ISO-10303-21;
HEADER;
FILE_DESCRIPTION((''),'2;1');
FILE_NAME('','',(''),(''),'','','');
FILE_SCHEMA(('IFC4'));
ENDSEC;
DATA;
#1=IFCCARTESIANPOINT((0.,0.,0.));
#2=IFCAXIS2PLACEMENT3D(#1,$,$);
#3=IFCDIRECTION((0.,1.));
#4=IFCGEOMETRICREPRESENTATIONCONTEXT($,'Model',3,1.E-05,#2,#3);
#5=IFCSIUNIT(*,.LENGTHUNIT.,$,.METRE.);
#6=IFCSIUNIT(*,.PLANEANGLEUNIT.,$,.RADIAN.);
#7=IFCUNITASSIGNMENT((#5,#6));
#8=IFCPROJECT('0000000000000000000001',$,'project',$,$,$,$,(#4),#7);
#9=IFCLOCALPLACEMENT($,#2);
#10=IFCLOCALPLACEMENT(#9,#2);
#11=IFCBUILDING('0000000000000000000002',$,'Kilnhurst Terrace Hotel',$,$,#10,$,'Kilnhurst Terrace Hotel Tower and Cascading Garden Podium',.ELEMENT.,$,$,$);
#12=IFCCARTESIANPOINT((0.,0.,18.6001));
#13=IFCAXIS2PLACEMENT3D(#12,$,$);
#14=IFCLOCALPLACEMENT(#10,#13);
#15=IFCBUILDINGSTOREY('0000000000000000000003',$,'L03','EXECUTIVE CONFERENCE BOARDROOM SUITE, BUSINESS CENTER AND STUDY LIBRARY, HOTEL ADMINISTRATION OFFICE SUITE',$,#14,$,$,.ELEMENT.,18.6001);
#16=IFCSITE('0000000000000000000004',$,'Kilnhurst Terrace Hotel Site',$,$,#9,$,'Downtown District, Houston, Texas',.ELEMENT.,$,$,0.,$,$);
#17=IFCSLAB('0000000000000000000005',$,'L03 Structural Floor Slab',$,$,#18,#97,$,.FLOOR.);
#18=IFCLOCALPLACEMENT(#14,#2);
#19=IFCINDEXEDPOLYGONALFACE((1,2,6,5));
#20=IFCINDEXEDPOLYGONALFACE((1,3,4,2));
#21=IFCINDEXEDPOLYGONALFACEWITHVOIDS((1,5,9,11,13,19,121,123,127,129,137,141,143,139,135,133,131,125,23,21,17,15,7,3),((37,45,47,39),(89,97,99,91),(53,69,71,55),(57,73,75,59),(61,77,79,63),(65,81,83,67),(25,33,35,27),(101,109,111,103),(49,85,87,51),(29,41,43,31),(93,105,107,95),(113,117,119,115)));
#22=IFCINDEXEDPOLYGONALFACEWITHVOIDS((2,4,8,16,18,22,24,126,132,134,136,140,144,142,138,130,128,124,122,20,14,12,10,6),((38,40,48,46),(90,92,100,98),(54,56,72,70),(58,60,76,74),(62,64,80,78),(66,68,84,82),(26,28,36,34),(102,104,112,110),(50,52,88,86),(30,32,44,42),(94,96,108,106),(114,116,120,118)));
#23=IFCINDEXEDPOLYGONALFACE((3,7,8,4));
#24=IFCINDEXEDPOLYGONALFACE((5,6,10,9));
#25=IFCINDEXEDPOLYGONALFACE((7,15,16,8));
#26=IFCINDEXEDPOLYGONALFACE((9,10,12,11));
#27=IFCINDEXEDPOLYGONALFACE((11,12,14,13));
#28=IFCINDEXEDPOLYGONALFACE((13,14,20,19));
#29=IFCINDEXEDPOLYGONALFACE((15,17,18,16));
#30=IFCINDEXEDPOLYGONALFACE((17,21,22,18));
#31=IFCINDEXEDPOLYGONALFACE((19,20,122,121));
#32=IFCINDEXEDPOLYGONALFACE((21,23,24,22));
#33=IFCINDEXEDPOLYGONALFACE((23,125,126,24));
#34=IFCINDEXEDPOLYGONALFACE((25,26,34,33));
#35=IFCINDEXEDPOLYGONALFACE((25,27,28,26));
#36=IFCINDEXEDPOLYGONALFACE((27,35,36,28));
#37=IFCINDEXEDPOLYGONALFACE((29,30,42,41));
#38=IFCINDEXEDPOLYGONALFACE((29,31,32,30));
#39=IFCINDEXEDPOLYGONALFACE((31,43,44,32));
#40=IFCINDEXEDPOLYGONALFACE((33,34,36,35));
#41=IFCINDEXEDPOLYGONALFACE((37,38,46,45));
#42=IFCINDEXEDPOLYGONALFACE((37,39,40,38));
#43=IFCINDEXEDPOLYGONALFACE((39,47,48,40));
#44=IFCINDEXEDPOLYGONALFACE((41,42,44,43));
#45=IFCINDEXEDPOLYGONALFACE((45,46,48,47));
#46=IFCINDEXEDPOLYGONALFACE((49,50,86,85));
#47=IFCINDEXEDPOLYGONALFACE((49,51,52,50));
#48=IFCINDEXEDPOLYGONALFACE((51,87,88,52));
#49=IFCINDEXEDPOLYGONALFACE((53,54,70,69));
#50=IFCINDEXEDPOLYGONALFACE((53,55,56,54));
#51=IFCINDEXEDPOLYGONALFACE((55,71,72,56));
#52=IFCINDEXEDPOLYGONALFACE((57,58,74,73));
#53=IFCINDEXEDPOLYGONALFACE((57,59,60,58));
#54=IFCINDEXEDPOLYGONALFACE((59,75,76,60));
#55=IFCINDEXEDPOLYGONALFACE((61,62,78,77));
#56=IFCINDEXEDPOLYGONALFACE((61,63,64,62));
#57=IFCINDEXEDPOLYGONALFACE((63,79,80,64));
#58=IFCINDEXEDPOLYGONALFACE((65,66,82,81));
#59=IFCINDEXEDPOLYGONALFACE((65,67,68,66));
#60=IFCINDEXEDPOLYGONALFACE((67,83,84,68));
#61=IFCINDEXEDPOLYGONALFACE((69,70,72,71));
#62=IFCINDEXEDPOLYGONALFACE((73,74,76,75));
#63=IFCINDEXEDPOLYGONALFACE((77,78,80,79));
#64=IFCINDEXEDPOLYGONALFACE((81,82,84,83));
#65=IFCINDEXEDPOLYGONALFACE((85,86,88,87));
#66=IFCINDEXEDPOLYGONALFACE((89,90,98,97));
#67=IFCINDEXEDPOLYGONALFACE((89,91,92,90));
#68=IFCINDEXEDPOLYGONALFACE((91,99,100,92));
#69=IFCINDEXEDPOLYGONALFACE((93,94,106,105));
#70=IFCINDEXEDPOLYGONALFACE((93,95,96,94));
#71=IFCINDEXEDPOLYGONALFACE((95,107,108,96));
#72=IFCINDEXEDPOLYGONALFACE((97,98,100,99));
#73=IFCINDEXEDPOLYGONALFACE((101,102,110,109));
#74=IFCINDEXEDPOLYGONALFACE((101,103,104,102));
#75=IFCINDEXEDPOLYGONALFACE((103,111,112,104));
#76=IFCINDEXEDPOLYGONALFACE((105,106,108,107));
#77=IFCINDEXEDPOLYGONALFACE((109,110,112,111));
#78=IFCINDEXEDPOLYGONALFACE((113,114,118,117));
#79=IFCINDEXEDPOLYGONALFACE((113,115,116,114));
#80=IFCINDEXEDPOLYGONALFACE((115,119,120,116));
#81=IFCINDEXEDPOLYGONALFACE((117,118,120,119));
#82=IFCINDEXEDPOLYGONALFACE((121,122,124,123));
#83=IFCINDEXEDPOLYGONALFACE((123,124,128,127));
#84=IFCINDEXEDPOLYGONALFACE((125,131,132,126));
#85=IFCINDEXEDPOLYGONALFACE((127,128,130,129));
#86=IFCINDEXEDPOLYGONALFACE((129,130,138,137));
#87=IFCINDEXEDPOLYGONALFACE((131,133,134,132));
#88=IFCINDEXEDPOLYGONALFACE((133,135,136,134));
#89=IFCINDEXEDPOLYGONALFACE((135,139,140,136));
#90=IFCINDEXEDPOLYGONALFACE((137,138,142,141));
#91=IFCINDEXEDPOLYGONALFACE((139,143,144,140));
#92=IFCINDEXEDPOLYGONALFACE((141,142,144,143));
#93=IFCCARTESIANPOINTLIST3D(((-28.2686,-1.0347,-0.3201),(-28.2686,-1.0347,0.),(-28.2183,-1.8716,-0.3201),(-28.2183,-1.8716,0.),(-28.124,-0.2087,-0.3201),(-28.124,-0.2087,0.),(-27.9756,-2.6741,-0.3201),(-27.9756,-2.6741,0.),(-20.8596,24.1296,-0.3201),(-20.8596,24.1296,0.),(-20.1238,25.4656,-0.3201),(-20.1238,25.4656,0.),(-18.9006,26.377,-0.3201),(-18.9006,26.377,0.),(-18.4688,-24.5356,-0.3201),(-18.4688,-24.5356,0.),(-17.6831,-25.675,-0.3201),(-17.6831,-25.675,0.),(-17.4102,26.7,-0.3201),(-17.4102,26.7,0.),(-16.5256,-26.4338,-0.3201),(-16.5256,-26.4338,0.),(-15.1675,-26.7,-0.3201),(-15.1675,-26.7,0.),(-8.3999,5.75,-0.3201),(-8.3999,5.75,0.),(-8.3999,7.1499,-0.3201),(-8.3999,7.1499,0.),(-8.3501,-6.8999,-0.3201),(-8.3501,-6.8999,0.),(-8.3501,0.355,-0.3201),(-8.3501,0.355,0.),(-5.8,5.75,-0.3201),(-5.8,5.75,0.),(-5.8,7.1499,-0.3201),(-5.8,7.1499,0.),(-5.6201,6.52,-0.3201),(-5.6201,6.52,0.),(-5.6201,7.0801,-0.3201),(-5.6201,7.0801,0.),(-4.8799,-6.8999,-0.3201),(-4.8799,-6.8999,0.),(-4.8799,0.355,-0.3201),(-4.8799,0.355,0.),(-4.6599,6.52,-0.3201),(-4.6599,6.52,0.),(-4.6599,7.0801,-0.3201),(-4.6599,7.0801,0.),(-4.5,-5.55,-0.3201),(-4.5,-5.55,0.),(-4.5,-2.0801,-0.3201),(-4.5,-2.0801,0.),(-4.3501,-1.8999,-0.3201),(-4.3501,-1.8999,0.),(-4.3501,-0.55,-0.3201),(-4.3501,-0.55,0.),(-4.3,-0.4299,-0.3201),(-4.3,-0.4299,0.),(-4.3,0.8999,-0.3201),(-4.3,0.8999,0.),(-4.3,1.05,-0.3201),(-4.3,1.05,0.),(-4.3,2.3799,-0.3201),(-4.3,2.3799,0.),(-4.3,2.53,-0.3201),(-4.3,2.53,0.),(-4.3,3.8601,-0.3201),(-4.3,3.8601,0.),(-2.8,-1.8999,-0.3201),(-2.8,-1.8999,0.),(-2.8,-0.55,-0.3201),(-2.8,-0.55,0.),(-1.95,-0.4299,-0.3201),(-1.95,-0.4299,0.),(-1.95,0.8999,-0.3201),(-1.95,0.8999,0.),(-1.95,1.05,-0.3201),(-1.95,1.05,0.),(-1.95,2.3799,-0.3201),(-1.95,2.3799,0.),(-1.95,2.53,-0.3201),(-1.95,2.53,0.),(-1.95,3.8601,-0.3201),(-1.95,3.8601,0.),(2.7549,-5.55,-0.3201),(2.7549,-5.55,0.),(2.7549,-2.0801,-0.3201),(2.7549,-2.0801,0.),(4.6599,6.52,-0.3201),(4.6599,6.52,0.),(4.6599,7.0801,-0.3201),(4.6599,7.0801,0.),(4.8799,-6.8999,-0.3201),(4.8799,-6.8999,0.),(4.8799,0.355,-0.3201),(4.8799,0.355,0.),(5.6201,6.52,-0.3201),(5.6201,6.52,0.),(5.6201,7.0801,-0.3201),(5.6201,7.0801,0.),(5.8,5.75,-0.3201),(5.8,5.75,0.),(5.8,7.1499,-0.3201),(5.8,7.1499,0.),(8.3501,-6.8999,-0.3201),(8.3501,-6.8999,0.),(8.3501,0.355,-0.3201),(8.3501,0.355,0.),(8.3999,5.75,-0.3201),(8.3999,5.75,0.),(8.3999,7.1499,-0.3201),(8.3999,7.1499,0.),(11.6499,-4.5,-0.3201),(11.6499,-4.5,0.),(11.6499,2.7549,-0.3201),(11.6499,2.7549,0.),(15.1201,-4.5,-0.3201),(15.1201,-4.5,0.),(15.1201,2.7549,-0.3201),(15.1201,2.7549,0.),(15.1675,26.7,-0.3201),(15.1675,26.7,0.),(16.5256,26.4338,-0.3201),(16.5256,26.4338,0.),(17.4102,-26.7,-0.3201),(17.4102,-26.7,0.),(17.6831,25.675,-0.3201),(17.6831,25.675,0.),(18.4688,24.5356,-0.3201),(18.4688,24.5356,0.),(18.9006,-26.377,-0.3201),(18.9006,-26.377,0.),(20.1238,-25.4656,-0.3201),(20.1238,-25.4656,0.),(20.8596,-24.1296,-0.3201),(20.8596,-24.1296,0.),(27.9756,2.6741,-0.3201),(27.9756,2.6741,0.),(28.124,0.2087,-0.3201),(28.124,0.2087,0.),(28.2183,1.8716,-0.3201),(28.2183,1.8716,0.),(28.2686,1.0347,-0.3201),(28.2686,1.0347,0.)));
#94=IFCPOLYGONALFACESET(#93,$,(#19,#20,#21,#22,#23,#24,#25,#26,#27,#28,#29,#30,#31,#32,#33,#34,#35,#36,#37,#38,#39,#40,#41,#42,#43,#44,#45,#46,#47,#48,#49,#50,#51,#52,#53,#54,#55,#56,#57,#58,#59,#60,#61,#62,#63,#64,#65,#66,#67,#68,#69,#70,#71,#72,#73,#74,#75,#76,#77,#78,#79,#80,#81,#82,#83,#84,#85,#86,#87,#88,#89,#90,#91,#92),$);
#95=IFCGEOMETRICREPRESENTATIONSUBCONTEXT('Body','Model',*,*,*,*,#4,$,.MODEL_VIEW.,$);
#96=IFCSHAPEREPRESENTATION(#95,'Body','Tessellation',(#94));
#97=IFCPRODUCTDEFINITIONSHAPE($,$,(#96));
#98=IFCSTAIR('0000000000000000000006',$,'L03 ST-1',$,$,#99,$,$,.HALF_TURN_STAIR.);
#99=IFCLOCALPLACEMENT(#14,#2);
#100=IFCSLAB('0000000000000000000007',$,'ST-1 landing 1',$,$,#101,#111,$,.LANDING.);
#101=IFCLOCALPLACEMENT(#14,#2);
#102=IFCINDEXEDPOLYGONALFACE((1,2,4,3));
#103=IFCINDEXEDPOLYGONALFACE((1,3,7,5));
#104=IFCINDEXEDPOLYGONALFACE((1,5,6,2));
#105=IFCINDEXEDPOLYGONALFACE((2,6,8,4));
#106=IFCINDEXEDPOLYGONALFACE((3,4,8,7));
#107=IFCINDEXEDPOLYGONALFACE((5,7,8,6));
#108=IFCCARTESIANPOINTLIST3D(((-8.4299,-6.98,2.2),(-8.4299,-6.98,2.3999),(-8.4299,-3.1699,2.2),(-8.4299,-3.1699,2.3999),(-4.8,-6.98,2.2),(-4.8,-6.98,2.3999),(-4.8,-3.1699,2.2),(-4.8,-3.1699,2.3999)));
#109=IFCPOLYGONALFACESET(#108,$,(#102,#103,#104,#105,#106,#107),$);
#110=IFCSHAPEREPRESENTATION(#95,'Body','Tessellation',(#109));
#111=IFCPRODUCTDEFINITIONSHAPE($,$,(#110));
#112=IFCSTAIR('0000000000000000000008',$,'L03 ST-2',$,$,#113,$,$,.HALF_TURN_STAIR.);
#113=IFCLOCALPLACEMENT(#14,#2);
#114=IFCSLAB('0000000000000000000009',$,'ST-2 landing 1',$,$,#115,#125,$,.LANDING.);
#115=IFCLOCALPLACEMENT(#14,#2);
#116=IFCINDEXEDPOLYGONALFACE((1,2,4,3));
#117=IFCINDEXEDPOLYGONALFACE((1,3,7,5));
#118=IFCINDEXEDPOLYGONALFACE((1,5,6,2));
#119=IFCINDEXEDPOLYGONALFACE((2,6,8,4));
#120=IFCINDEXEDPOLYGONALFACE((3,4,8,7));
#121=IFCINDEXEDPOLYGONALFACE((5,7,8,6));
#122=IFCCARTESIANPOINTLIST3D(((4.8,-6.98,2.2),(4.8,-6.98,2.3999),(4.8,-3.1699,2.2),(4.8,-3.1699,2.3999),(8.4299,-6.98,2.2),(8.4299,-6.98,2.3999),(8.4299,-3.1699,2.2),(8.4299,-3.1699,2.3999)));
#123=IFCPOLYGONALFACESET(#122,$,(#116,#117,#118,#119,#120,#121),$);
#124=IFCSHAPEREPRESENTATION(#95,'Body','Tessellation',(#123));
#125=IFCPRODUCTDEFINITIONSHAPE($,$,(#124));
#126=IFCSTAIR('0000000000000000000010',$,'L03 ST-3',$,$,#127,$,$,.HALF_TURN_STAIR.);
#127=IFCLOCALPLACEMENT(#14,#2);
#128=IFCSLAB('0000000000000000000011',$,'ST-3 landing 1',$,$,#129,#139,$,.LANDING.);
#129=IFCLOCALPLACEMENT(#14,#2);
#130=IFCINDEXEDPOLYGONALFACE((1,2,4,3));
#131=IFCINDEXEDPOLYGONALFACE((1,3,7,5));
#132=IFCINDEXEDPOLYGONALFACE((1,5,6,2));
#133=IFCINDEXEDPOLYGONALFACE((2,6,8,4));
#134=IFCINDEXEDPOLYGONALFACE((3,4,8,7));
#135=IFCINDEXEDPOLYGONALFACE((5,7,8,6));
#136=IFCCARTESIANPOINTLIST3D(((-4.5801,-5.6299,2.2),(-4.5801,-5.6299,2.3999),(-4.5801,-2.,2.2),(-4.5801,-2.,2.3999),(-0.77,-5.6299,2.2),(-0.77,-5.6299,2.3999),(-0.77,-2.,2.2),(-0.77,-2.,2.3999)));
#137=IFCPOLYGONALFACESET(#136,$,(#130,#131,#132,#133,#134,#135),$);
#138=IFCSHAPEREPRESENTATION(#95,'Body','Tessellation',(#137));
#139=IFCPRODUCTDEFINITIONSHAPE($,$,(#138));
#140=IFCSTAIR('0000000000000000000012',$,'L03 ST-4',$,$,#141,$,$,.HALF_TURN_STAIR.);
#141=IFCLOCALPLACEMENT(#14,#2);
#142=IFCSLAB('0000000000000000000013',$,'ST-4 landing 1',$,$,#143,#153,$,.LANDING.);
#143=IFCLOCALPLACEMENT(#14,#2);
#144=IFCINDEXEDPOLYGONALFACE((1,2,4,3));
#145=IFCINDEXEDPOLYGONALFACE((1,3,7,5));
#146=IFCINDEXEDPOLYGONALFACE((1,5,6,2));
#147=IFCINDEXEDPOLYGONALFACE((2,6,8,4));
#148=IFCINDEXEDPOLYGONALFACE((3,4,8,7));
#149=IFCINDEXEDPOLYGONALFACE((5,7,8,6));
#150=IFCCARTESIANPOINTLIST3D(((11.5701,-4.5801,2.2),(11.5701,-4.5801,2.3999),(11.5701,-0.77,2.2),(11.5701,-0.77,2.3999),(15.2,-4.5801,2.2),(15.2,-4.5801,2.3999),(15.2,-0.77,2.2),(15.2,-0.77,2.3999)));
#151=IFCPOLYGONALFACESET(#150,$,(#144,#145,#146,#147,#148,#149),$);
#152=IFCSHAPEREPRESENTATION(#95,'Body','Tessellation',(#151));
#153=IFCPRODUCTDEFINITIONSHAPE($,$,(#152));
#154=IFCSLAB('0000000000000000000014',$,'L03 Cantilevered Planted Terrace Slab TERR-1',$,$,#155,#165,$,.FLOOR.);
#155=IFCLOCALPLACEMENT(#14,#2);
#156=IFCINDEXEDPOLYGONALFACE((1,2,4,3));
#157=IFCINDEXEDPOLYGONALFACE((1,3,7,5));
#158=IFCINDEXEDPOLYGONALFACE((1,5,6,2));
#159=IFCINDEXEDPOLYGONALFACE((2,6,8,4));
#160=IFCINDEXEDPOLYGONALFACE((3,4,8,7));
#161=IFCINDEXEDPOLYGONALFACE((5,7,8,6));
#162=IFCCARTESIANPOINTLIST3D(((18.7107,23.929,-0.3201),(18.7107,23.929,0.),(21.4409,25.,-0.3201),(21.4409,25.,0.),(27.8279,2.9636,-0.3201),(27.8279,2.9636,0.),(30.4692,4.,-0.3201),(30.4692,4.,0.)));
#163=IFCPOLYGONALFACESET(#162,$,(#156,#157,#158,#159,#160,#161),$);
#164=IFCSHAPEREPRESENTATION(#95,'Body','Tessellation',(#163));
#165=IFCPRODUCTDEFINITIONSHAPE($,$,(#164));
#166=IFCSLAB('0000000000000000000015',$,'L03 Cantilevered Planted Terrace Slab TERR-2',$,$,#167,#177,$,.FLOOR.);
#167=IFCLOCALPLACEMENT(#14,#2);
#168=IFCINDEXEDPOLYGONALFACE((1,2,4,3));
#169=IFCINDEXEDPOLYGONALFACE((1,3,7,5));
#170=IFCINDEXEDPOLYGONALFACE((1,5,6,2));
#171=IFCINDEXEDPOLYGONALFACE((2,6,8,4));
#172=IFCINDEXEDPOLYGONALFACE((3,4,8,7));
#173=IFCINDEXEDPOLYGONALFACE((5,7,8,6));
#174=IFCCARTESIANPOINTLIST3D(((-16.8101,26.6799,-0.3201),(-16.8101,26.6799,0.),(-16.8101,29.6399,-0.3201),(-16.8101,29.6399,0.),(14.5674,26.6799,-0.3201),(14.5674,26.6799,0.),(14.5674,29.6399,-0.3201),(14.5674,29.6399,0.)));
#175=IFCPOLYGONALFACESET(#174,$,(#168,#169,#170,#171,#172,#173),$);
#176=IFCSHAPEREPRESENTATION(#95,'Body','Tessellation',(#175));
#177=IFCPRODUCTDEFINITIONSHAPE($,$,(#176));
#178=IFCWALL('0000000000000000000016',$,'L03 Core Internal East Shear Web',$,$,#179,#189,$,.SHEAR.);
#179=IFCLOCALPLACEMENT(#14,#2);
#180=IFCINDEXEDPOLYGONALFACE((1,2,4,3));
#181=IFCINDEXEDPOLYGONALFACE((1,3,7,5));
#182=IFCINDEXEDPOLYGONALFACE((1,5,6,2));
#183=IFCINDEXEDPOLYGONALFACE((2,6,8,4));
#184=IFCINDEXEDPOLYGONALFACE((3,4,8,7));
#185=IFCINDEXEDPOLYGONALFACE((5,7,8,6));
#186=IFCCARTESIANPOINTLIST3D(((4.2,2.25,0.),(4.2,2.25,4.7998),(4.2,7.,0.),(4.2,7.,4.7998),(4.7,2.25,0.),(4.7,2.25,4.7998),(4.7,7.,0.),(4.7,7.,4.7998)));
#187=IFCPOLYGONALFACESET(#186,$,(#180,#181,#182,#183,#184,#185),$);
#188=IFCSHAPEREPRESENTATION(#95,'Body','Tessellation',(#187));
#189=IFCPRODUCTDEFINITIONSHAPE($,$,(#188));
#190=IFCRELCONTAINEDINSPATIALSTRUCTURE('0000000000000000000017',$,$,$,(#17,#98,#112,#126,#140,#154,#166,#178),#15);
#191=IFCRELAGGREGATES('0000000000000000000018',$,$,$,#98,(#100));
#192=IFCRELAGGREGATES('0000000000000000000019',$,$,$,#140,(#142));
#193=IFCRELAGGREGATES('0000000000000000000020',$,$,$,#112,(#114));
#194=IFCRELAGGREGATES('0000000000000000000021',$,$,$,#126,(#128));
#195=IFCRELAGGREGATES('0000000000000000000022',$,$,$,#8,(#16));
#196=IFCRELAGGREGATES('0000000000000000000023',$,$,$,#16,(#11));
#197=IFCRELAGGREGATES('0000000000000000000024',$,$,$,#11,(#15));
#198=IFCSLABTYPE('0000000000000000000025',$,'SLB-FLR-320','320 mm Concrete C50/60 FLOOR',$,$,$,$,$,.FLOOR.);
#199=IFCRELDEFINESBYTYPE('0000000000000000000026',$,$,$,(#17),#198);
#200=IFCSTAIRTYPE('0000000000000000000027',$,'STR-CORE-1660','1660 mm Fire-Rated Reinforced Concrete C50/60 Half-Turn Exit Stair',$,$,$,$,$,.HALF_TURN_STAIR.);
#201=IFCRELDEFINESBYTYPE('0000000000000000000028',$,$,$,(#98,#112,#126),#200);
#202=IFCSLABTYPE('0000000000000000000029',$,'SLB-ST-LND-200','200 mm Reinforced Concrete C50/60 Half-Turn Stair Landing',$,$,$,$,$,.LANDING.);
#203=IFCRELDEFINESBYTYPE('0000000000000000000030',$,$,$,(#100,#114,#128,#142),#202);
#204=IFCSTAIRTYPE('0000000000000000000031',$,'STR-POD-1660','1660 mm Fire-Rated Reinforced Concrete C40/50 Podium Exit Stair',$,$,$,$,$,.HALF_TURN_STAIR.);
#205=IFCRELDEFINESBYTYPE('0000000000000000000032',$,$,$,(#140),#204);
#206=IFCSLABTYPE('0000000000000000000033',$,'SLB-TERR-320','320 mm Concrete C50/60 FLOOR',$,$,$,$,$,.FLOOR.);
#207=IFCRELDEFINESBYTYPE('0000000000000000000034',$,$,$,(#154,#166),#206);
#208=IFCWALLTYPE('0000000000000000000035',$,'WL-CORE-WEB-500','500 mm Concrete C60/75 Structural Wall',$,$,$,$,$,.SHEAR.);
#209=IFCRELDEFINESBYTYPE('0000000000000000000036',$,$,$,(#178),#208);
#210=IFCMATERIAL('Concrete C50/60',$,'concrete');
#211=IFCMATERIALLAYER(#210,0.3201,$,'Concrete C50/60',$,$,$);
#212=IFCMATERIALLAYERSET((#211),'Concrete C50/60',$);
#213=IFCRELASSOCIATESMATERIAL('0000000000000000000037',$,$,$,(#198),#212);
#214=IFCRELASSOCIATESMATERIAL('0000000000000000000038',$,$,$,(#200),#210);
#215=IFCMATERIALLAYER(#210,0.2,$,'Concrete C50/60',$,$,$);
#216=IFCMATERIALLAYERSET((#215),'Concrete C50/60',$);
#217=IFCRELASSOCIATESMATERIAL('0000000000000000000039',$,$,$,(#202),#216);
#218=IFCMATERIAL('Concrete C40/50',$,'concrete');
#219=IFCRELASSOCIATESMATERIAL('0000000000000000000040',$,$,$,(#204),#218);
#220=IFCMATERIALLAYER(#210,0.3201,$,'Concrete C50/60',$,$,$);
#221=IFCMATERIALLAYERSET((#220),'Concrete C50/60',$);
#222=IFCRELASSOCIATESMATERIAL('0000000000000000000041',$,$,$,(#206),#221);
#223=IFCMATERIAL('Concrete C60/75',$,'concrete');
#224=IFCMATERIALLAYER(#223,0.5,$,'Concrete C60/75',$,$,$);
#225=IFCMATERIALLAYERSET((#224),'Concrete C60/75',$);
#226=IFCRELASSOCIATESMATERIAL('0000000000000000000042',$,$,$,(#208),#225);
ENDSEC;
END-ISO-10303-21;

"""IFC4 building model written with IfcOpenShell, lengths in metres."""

from ifc_helpers import new_model, si_unit, direction, frame, frame_2d, origin, place, context, subcontext, project, spatial, polyline, rectangle, outline, extrude, material, layer, layer_set, type_object, element, aggregate, save


model = new_model("IFC4")

# Units and contexts
model_context = context("Model", 3, precision=1e-05, world=origin(), true_north=direction((0.0, 1.0)))
body_context = subcontext(model_context, "Body", "Model", "MODEL_VIEW")
ifc_project = project(units=[si_unit("LENGTHUNIT", "METRE"), si_unit("PLANEANGLEUNIT", "RADIAN")], contexts=[model_context])

# Site, building, storey
site_placement = place(None, origin())
site = spatial("IfcSite", under=ifc_project, at=site_placement, Name="Kilnhurst Terrace Hotel Site", LongName="Downtown District, Houston, Texas", CompositionType="ELEMENT", RefElevation=0.0)
building_placement = place(site_placement, origin())
building = spatial("IfcBuilding", under=site, at=building_placement, Name="Kilnhurst Terrace Hotel", LongName="Kilnhurst Terrace Hotel Tower and Cascading Garden Podium", CompositionType="ELEMENT")
storey_placement = place(building_placement, frame((0.0, 0.0, 18.6001)))
storey = spatial("IfcBuildingStorey", under=building, at=storey_placement, Name="L03", Description="EXECUTIVE CONFERENCE BOARDROOM SUITE, BUSINESS CENTER AND STUDY LIBRARY, HOTEL ADMINISTRATION OFFICE SUITE", CompositionType="ELEMENT", Elevation=18.6001)

# Slab
ifc_material_1 = material(Name="Concrete C50/60", Category="concrete")
ifc_layer_1 = layer(ifc_material_1, 0.3201, Name="Concrete C50/60")
ifc_layer_set_1 = layer_set([ifc_layer_1], Name="Concrete C50/60")
slab_type_1 = type_object("IfcSlabType", Name="SLB-FLR-320", Description="320 mm Concrete C50/60 FLOOR", PredefinedType="FLOOR", material=ifc_layer_set_1)
slab_1_placement = place(storey_placement, frame((0.0, 0.0, -0.3201)))
element("IfcSlab", 1, at=slab_1_placement, inside=storey, type_object=slab_type_1, Name="L03 Structural Floor Slab", PredefinedType="FLOOR", context=body_context, shape_type="SweptSolid", body=[
    extrude(outline(polyline([(-18.4688, -24.5356), (-17.6831, -25.675), (-16.5256, -26.4338), (-15.1675, -26.7), (17.4102, -26.7), (18.9006, -26.377), (20.1238, -25.4656), (20.8596, -24.1296), (28.124, 0.2087), (28.2686, 1.0347), (28.2183, 1.8716), (27.9756, 2.6741), (18.4688, 24.5356), (17.6831, 25.675), (16.5256, 26.4338), (15.1675, 26.7), (-17.4102, 26.7), (-18.9006, 26.377), (-20.1238, 25.4656), (-20.8596, 24.1296), (-28.124, -0.2087), (-28.2686, -1.0347), (-28.2183, -1.8716), (-27.9756, -2.6741), (-18.4688, -24.5356)]), holes=[polyline([(-8.3501, 0.355), (-4.8799, 0.355), (-4.8799, -6.8999), (-8.3501, -6.8999), (-8.3501, 0.355)]), polyline([(-4.3501, -1.8999), (-4.3501, -0.55), (-2.8, -0.55), (-2.8, -1.8999), (-4.3501, -1.8999)]), polyline([(-4.3, -0.4299), (-4.3, 0.8999), (-1.95, 0.8999), (-1.95, -0.4299), (-4.3, -0.4299)]), polyline([(-1.95, 1.05), (-4.3, 1.05), (-4.3, 2.3799), (-1.95, 2.3799), (-1.95, 1.05)]), polyline([(-8.3999, 5.75), (-8.3999, 7.1499), (-5.8, 7.1499), (-5.8, 5.75), (-8.3999, 5.75)]), polyline([(-5.6201, 6.52), (-5.6201, 7.0801), (-4.6599, 7.0801), (-4.6599, 6.52), (-5.6201, 6.52)]), polyline([(2.7549, -2.0801), (2.7549, -5.55), (-4.5, -5.55), (-4.5, -2.0801), (2.7549, -2.0801)]), polyline([(8.3501, 0.355), (8.3501, -6.8999), (4.8799, -6.8999), (4.8799, 0.355), (8.3501, 0.355)]), polyline([(15.1201, 2.7549), (15.1201, -4.5), (11.6499, -4.5), (11.6499, 2.7549), (15.1201, 2.7549)]), polyline([(-1.95, 2.53), (-4.3, 2.53), (-4.3, 3.8601), (-1.95, 3.8601), (-1.95, 2.53)]), polyline([(5.8, 5.75), (5.8, 7.1499), (8.3999, 7.1499), (8.3999, 5.75), (5.8, 5.75)]), polyline([(4.6599, 6.52), (4.6599, 7.0801), (5.6201, 7.0801), (5.6201, 6.52), (4.6599, 6.52)])]), origin(), (0.0, 0.0, 1.0), 0.3201),
])

# Stairs, slabs
stair_type_1 = type_object("IfcStairType", Name="STR-CORE-1660", Description="1660 mm Fire-Rated Reinforced Concrete C50/60 Half-Turn Exit Stair", PredefinedType="HALF_TURN_STAIR", material=ifc_material_1)
stair_1_placement = place(storey_placement, origin())
stair_1 = element("IfcStair", 2, at=stair_1_placement, inside=storey, type_object=stair_type_1, Name="L03 ST-1", PredefinedType="HALF_TURN_STAIR")
ifc_layer_2 = layer(ifc_material_1, 0.2, Name="Concrete C50/60")
ifc_layer_set_2 = layer_set([ifc_layer_2], Name="Concrete C50/60")
slab_type_2 = type_object("IfcSlabType", Name="SLB-ST-LND-200", Description="200 mm Reinforced Concrete C50/60 Half-Turn Stair Landing", PredefinedType="LANDING", material=ifc_layer_set_2)
slab_2_placement = place(storey_placement, frame((0.0, 0.0, 2.2)))
slab_2 = element("IfcSlab", 3, at=slab_2_placement, type_object=slab_type_2, Name="ST-1 landing 1", PredefinedType="LANDING", context=body_context, shape_type="SweptSolid", body=[
    extrude(outline(polyline([(-8.4299, -3.1699), (-4.8, -3.1699), (-4.8, -6.98), (-8.4299, -6.98), (-8.4299, -3.1699)])), origin(), (0.0, 0.0, 1.0), 0.2),
])
aggregate(stair_1, [slab_2])
stair_2_placement = place(storey_placement, origin())
stair_2 = element("IfcStair", 4, at=stair_2_placement, inside=storey, type_object=stair_type_1, Name="L03 ST-2", PredefinedType="HALF_TURN_STAIR")
slab_3_placement = place(storey_placement, frame((0.0, 0.0, 2.2)))
slab_3 = element("IfcSlab", 5, at=slab_3_placement, type_object=slab_type_2, Name="ST-2 landing 1", PredefinedType="LANDING", context=body_context, shape_type="SweptSolid", body=[
    extrude(outline(polyline([(4.8, -3.1699), (8.4299, -3.1699), (8.4299, -6.98), (4.8, -6.98), (4.8, -3.1699)])), origin(), (0.0, 0.0, 1.0), 0.2),
])
stair_3_placement = place(storey_placement, origin())
stair_3 = element("IfcStair", 6, at=stair_3_placement, inside=storey, type_object=stair_type_1, Name="L03 ST-3", PredefinedType="HALF_TURN_STAIR")
slab_4_placement = place(storey_placement, frame((0.0, 0.0, 2.2)))
slab_4 = element("IfcSlab", 7, at=slab_4_placement, type_object=slab_type_2, Name="ST-3 landing 1", PredefinedType="LANDING", context=body_context, shape_type="SweptSolid", body=[
    extrude(outline(polyline([(-0.77, -2.0), (-0.77, -5.6299), (-4.5801, -5.6299), (-4.5801, -2.0), (-0.77, -2.0)])), origin(), (0.0, 0.0, 1.0), 0.2),
])
ifc_material_2 = material(Name="Concrete C40/50", Category="concrete")
stair_type_2 = type_object("IfcStairType", Name="STR-POD-1660", Description="1660 mm Fire-Rated Reinforced Concrete C40/50 Podium Exit Stair", PredefinedType="HALF_TURN_STAIR", material=ifc_material_2)
stair_4_placement = place(storey_placement, origin())
stair_4 = element("IfcStair", 8, at=stair_4_placement, inside=storey, type_object=stair_type_2, Name="L03 ST-4", PredefinedType="HALF_TURN_STAIR")
slab_5_placement = place(storey_placement, frame((0.0, 0.0, 2.2)))
slab_5 = element("IfcSlab", 9, at=slab_5_placement, type_object=slab_type_2, Name="ST-4 landing 1", PredefinedType="LANDING", context=body_context, shape_type="SweptSolid", body=[
    extrude(outline(polyline([(11.5701, -0.77), (15.2, -0.77), (15.2, -4.5801), (11.5701, -4.5801), (11.5701, -0.77)])), origin(), (0.0, 0.0, 1.0), 0.2),
])
aggregate(stair_4, [slab_5])

# Slabs
ifc_layer_3 = layer(ifc_material_1, 0.3201, Name="Concrete C50/60")
ifc_layer_set_3 = layer_set([ifc_layer_3], Name="Concrete C50/60")
slab_type_3 = type_object("IfcSlabType", Name="SLB-TERR-320", Description="320 mm Concrete C50/60 FLOOR", PredefinedType="FLOOR", material=ifc_layer_set_3)
slab_6_placement = place(storey_placement, frame((0.0, 0.0, -0.3201)))
element("IfcSlab", 10, at=slab_6_placement, inside=storey, type_object=slab_type_3, Name="L03 Cantilevered Planted Terrace Slab TERR-1", PredefinedType="FLOOR", context=body_context, shape_type="SweptSolid", body=[
    extrude(outline(polyline([(30.4692, 4.0), (27.8279, 2.9636), (18.7107, 23.929), (21.4409, 25.0), (30.4692, 4.0)])), origin(), (0.0, 0.0, 1.0), 0.3201),
])
slab_7_placement = place(storey_placement, frame((0.0, 0.0, -0.3201)))
element("IfcSlab", 11, at=slab_7_placement, inside=storey, type_object=slab_type_3, Name="L03 Cantilevered Planted Terrace Slab TERR-2", PredefinedType="FLOOR", context=body_context, shape_type="SweptSolid", body=[
    extrude(outline(polyline([(-16.8101, 26.6799), (-16.8101, 29.6399), (14.5674, 29.6399), (14.5674, 26.6799), (-16.8101, 26.6799)])), origin(), (0.0, 0.0, 1.0), 0.3201),
])

# Wall
ifc_material_3 = material(Name="Concrete C60/75", Category="concrete")
ifc_layer_4 = layer(ifc_material_3, 0.5, Name="Concrete C60/75")
ifc_layer_set_4 = layer_set([ifc_layer_4], Name="Concrete C60/75")
wall_type_1 = type_object("IfcWallType", Name="WL-CORE-WEB-500", Description="500 mm Concrete C60/75 Structural Wall", PredefinedType="SHEAR", material=ifc_layer_set_4)
wall_1_placement = place(storey_placement, frame((4.45, 2.25, 0.0), z_axis=(0.0, 0.0, 1.0), x_axis=(0.0, 1.0, 0.0)))
element("IfcWall", 12, at=wall_1_placement, inside=storey, type_object=wall_type_1, Name="L03 Core Internal East Shear Web", PredefinedType="SHEAR", context=body_context, shape_type="SweptSolid", body=[
    extrude(rectangle(XDim=4.75, YDim=0.5, at=frame_2d((2.375, 0.0))), origin(), (0.0, 0.0, 1.0), 4.7998),
])

aggregate(stair_2, [slab_3])
aggregate(stair_3, [slab_4])

save(model, "model.ifc")
